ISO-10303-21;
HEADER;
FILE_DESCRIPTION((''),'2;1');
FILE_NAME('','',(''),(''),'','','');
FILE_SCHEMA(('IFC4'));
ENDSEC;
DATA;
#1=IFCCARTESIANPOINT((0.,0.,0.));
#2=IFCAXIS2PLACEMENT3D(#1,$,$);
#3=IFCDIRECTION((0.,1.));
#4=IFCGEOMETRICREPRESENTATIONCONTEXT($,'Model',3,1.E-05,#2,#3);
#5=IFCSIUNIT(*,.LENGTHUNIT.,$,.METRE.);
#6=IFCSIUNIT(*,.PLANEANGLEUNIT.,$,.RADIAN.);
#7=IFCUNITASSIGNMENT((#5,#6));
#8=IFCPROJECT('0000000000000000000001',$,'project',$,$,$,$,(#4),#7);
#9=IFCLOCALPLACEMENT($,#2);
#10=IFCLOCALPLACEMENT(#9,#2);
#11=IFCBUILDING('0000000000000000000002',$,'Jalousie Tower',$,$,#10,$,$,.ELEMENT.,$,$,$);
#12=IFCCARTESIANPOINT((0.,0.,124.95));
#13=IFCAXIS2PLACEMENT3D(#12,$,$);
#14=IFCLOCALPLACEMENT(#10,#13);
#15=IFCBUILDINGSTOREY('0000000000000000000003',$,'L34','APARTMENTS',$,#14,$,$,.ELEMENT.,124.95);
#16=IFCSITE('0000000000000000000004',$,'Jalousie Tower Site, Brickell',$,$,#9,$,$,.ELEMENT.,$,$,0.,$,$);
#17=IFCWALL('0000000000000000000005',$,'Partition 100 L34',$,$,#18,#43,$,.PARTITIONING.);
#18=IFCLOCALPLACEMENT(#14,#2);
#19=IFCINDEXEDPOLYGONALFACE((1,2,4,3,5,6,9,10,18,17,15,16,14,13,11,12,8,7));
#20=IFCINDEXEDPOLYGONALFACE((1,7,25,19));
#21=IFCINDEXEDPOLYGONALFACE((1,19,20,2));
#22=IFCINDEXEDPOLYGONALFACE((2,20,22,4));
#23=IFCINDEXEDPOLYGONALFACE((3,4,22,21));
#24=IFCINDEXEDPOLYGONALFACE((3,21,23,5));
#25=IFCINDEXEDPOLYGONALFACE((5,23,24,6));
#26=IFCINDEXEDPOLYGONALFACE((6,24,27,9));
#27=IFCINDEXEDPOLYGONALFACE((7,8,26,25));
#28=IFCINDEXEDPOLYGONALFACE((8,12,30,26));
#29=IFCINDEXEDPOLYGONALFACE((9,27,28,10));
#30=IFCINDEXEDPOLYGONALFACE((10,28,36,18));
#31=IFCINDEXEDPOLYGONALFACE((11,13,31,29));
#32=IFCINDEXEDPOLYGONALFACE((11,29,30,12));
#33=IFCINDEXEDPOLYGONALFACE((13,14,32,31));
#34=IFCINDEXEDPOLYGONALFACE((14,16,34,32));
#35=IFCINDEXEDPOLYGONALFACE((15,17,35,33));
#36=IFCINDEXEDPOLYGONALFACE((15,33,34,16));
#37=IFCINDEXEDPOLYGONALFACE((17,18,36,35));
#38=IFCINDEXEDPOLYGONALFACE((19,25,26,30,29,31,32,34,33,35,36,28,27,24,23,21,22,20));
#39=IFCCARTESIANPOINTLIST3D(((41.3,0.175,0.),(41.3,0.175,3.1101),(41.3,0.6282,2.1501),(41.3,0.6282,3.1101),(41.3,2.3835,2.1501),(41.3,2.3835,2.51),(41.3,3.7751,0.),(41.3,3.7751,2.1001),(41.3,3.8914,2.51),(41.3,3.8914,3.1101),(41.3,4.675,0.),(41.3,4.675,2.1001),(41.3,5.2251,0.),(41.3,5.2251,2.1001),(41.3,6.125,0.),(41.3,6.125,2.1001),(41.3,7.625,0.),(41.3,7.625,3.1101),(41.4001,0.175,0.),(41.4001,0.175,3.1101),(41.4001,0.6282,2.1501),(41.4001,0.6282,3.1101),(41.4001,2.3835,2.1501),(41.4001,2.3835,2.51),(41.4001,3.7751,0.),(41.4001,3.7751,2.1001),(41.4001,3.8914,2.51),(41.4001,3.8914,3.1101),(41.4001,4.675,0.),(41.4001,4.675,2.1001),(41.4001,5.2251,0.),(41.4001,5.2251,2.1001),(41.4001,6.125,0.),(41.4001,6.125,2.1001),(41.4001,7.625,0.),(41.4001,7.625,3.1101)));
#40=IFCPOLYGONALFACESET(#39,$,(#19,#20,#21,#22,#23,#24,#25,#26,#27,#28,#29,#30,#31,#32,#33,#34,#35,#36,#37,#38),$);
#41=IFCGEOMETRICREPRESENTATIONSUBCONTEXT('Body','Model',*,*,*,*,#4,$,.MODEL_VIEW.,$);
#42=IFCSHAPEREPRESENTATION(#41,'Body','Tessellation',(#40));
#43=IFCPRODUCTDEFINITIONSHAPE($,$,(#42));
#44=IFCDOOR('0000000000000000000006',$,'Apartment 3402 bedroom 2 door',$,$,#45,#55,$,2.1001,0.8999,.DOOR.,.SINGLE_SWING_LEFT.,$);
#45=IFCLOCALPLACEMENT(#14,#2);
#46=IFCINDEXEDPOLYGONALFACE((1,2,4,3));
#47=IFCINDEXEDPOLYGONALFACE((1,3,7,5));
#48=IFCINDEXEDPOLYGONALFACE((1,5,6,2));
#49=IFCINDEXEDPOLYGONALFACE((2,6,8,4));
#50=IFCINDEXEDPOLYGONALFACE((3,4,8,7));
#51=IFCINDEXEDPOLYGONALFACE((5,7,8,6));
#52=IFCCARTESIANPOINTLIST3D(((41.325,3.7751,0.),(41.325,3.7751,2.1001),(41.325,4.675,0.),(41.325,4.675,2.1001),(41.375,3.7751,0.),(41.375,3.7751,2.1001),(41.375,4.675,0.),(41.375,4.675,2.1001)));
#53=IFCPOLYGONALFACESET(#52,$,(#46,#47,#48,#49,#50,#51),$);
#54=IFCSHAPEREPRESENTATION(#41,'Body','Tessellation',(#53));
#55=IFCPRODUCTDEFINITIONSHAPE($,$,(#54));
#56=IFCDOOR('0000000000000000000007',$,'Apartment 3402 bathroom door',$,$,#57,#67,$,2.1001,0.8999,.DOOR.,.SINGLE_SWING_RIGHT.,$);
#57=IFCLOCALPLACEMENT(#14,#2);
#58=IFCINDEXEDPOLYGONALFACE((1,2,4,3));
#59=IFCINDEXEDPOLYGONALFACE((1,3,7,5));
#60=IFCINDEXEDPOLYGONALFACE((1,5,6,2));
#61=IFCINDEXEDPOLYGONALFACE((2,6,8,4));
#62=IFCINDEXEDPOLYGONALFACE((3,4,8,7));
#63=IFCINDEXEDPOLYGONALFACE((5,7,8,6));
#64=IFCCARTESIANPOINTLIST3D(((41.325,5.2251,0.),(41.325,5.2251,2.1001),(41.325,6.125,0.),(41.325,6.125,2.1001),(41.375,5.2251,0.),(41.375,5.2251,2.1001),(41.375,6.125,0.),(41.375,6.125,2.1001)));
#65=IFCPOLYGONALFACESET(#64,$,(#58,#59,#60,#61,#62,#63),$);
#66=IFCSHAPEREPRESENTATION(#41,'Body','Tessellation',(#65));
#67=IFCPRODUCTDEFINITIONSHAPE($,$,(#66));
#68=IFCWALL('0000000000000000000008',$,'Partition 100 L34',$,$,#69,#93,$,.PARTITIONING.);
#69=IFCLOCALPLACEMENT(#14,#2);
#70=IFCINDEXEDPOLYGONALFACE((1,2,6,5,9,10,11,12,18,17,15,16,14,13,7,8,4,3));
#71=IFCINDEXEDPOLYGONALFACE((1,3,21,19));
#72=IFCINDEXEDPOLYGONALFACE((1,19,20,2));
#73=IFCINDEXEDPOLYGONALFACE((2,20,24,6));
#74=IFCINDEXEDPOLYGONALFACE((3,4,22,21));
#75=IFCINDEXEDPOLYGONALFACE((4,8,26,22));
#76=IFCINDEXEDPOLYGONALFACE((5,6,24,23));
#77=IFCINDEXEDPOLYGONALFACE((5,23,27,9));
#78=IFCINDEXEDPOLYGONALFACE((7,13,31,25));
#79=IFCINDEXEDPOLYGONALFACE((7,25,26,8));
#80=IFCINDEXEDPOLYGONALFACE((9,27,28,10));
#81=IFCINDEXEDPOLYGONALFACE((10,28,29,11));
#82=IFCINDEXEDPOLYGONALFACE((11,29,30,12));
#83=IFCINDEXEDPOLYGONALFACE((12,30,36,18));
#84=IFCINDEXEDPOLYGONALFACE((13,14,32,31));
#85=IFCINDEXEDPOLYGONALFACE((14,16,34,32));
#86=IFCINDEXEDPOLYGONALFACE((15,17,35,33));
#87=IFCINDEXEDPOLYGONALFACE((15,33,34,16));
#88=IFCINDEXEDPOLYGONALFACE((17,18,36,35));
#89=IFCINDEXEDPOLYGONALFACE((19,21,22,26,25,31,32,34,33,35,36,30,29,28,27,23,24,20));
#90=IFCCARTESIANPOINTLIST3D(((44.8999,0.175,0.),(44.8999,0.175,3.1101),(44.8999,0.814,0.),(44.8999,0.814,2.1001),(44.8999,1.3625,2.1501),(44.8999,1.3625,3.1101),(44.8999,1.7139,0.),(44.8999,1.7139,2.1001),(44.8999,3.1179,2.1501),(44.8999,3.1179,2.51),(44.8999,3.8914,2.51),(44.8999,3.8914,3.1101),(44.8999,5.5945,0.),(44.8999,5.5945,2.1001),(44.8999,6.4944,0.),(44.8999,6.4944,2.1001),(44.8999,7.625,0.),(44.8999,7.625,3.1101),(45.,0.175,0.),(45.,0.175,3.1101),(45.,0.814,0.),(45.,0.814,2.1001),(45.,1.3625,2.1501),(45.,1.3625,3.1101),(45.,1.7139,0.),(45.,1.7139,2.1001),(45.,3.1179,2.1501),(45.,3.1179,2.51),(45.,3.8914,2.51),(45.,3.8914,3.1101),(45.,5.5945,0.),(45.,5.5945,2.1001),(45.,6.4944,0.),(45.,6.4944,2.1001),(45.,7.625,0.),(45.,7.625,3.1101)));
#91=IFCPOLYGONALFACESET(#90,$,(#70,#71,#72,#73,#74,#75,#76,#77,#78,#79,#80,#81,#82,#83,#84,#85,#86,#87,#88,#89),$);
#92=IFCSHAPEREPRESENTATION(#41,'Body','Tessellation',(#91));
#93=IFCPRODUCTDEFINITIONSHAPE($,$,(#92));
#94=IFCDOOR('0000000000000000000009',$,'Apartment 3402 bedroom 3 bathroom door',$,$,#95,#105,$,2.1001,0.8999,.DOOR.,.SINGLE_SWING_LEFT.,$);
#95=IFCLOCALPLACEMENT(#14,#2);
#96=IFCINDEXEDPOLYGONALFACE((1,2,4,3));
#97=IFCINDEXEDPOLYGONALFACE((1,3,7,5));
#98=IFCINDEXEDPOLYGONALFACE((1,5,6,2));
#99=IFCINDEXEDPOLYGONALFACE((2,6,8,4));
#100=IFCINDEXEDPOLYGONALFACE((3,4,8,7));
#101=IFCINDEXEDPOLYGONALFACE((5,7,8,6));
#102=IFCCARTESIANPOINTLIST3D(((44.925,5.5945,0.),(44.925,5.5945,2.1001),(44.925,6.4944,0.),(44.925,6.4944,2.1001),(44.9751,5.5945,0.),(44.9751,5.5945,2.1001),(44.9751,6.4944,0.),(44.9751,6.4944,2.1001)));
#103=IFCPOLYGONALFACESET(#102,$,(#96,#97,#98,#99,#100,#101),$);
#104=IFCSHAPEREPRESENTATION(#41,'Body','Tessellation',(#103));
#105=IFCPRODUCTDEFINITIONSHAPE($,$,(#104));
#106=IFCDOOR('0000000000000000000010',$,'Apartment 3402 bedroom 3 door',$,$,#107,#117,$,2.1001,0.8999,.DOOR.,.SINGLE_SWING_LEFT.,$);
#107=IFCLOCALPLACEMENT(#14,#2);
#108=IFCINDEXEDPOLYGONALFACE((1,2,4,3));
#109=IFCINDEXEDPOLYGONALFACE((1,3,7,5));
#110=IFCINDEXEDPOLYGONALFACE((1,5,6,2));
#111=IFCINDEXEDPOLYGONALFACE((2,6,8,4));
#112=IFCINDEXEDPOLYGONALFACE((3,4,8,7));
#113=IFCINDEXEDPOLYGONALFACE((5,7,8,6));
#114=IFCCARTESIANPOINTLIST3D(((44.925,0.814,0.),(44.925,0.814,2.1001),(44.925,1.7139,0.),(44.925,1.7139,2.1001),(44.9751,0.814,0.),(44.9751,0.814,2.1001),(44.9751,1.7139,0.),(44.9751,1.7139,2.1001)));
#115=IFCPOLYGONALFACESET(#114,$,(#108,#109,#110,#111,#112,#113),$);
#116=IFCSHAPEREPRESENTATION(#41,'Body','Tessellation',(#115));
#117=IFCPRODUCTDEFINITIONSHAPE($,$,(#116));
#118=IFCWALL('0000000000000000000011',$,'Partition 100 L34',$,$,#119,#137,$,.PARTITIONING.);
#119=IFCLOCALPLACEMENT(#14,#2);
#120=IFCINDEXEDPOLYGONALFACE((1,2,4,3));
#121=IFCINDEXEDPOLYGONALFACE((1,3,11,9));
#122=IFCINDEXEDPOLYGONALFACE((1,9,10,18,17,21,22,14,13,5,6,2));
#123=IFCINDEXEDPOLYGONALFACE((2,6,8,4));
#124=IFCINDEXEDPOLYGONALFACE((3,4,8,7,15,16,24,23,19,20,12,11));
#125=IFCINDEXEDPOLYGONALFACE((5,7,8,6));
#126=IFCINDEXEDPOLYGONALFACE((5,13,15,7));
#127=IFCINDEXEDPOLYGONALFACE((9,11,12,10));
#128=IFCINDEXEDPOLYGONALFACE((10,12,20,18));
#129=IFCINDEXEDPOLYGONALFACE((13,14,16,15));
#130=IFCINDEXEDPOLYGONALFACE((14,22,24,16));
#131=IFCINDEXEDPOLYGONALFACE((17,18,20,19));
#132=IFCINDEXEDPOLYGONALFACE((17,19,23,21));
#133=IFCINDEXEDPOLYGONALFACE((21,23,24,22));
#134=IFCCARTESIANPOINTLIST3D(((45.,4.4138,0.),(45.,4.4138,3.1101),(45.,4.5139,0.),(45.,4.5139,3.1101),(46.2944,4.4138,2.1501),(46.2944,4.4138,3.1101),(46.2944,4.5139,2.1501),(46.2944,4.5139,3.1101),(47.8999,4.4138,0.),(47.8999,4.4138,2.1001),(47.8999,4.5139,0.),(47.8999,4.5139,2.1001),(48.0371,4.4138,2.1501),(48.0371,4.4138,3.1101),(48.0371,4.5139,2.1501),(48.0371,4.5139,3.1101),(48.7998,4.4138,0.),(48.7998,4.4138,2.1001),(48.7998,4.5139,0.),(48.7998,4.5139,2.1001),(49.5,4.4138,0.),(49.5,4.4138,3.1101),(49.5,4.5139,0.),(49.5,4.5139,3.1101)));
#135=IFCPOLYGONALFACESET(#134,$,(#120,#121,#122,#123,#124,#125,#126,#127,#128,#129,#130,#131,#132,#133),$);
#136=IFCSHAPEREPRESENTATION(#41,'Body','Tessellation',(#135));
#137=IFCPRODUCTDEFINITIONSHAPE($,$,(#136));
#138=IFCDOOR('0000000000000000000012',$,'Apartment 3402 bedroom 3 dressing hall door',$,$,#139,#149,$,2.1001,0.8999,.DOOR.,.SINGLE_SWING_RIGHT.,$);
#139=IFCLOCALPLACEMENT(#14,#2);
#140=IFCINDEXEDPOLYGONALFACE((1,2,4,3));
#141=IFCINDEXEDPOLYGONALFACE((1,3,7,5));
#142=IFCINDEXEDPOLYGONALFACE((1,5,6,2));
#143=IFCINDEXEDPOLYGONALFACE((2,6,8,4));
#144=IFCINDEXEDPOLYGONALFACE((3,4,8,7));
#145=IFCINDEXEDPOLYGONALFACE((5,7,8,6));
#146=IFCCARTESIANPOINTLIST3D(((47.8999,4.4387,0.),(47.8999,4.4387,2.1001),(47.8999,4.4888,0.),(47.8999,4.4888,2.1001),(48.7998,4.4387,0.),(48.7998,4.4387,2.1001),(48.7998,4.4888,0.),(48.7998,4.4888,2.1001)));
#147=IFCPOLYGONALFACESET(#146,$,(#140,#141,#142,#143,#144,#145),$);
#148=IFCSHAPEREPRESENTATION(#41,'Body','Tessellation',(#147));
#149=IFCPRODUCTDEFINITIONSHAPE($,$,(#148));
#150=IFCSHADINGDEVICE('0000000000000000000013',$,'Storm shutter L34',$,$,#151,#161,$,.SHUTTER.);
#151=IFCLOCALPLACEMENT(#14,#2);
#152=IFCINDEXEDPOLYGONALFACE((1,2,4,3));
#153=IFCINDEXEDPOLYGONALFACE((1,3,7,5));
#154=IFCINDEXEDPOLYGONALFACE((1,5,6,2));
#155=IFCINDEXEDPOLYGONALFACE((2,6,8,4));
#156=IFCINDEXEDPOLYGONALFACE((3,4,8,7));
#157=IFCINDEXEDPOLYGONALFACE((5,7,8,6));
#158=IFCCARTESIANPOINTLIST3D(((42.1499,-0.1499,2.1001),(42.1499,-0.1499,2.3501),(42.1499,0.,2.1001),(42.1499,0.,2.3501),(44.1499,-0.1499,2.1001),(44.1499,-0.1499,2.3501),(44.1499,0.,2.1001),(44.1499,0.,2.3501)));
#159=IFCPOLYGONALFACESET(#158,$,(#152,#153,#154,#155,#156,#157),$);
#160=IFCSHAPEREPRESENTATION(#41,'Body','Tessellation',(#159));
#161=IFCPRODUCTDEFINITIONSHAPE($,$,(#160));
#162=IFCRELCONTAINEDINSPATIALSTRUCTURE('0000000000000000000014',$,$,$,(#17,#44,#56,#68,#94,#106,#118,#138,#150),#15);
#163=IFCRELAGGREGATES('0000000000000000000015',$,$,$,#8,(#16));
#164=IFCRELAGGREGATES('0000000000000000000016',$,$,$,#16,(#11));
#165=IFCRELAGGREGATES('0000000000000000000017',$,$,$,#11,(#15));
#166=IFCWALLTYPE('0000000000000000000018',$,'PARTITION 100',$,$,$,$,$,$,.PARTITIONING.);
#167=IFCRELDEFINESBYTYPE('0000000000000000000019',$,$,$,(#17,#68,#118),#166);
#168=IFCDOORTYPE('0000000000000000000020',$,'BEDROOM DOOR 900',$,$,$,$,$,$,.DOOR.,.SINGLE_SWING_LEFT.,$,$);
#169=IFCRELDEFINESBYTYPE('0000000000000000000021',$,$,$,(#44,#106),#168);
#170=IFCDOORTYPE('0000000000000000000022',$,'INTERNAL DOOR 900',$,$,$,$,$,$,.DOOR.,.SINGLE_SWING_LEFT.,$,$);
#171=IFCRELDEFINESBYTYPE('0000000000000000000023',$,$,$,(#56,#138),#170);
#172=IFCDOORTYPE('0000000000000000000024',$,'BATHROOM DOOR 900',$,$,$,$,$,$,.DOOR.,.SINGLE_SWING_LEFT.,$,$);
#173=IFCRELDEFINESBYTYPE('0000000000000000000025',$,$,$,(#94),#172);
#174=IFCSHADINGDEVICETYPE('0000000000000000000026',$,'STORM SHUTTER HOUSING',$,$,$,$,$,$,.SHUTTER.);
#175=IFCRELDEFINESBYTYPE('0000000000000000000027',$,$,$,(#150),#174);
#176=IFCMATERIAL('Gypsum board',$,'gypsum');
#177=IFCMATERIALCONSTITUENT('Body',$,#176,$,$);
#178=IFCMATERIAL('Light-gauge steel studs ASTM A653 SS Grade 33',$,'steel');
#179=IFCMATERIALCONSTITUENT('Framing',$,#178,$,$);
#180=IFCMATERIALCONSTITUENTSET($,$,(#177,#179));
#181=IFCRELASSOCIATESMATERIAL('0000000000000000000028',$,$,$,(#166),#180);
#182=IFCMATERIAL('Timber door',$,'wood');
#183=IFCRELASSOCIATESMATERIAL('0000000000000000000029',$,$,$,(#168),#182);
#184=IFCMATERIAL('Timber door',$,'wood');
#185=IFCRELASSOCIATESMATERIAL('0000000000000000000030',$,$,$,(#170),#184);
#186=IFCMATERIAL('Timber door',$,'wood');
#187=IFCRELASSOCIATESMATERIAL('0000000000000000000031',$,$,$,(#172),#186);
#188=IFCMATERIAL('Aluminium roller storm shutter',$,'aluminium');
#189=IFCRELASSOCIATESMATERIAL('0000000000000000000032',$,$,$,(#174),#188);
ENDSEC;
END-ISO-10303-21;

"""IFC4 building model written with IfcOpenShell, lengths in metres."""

from ifc_helpers import new_model, si_unit, direction, frame, frame_2d, origin, origin_2d, place, context, subcontext, project, spatial, polyline, rectangle, outline, extrude, material, constituent, constituent_set, type_object, element, fill, save


model = new_model("IFC4")

# Units and contexts
model_context = context("Model", 3, precision=1e-05, world=origin(), true_north=direction((0.0, 1.0)))
body_context = subcontext(model_context, "Body", "Model", "MODEL_VIEW")
ifc_project = project(units=[si_unit("LENGTHUNIT", "METRE"), si_unit("PLANEANGLEUNIT", "RADIAN")], contexts=[model_context])

# Site, building, storey
site_placement = place(None, origin())
site = spatial("IfcSite", under=ifc_project, at=site_placement, Name="Jalousie Tower Site, Brickell", CompositionType="ELEMENT", RefElevation=0.0)
building_placement = place(site_placement, origin())
building = spatial("IfcBuilding", under=site, at=building_placement, Name="Jalousie Tower", CompositionType="ELEMENT")
storey_placement = place(building_placement, frame((0.0, 0.0, 124.95)))
storey = spatial("IfcBuildingStorey", under=building, at=storey_placement, Name="L34", Description="APARTMENTS", CompositionType="ELEMENT", Elevation=124.95)

# Walls, openings, doors
ifc_material_1 = material(Name="Gypsum board", Category="gypsum")
ifc_constituent_1 = constituent(ifc_material_1, Name="Body")
ifc_material_2 = material(Name="Light-gauge steel studs ASTM A653 SS Grade 33", Category="steel")
ifc_constituent_2 = constituent(ifc_material_2, Name="Framing")
ifc_constituent_set = constituent_set(constituents=[ifc_constituent_1, ifc_constituent_2])
wall_type = type_object("IfcWallType", Name="PARTITION 100", PredefinedType="PARTITIONING", material=ifc_constituent_set)
wall_1_placement = place(storey_placement, frame((41.3501, 0.175, 0.0), z_axis=(0.0, 0.0, 1.0), x_axis=(0.0, 1.0, 0.0)))
wall_1 = element("IfcWall", 1, at=wall_1_placement, inside=storey, type_object=wall_type, Name="Partition 100 L34", PredefinedType="PARTITIONING", context=body_context, shape_type="SweptSolid", body=[
    extrude(outline(polyline([(0.0, 0.0), (7.45, 0.0), (7.45, 3.1101), (3.7163, 3.1101), (3.7163, 2.51), (2.2085, 2.51), (2.2085, 2.1501), (0.4531, 2.1501), (0.4531, 3.1101), (0.0, 3.1101), (0.0, 0.0)])), frame((0.0, 0.05, 0.0), z_axis=(0.0, -1.0, 0.0), x_axis=(1.0, 0.0, 0.0)), (0.0, 0.0, 1.0), 0.1001),
])
opening_1_placement = place(wall_1_placement, frame((3.6001, 0.0, 0.0)))
opening_1 = element("IfcOpeningElement", 2, at=opening_1_placement, cuts=wall_1, PredefinedType="OPENING", context=body_context, shape_type="SweptSolid", body=[
    extrude(rectangle(XDim=0.8999, YDim=2.1001, at=frame_2d((0.45, 1.05))), frame((0.0, 0.0601, 0.0), z_axis=(0.0, -1.0, 0.0), x_axis=(1.0, 0.0, 0.0)), (0.0, 0.0, 1.0), 0.1201),
])
opening_2_placement = place(wall_1_placement, frame((5.05, 0.0, 0.0)))
opening_2 = element("IfcOpeningElement", 3, at=opening_2_placement, cuts=wall_1, PredefinedType="OPENING", context=body_context, shape_type="SweptSolid", body=[
    extrude(rectangle(XDim=0.8999, YDim=2.1001, at=frame_2d((0.45, 1.05))), frame((0.0, 0.0601, 0.0), z_axis=(0.0, -1.0, 0.0), x_axis=(1.0, 0.0, 0.0)), (0.0, 0.0, 1.0), 0.1201),
])
ifc_material_3 = material(Name="Timber door", Category="wood")
door_type_1 = type_object("IfcDoorType", Name="BEDROOM DOOR 900", OperationType="SINGLE_SWING_LEFT", PredefinedType="DOOR", material=ifc_material_3)
door_1_placement = place(opening_1_placement, frame((0.8999, 0.0, 0.0), z_axis=(0.0, 0.0, 1.0), x_axis=(-1.0, 0.0, 0.0)))
door_1 = element("IfcDoor", 4, at=door_1_placement, inside=storey, type_object=door_type_1, Name="Apartment 3402 bedroom 2 door", OperationType="SINGLE_SWING_LEFT", OverallHeight=2.1001, OverallWidth=0.8999, PredefinedType="DOOR", context=body_context, shape_type="SweptSolid", body=[
    extrude(rectangle(XDim=0.8999, YDim=2.1001, at=frame_2d((0.45, 1.05))), frame((0.0, 0.0249, 0.0), z_axis=(0.0, -1.0, 0.0), x_axis=(1.0, 0.0, 0.0)), (0.0, 0.0, 1.0), 0.05),
])
fill(opening_1, door_1)
ifc_material_4 = material(Name="Timber door", Category="wood")
door_type_2 = type_object("IfcDoorType", Name="INTERNAL DOOR 900", OperationType="SINGLE_SWING_LEFT", PredefinedType="DOOR", material=ifc_material_4)
door_2_placement = place(opening_2_placement, frame((0.8999, 0.0, 0.0), z_axis=(0.0, 0.0, 1.0), x_axis=(-1.0, 0.0, 0.0)))
door_2 = element("IfcDoor", 5, at=door_2_placement, inside=storey, type_object=door_type_2, Name="Apartment 3402 bathroom door", OperationType="SINGLE_SWING_RIGHT", OverallHeight=2.1001, OverallWidth=0.8999, PredefinedType="DOOR", context=body_context, shape_type="SweptSolid", body=[
    extrude(rectangle(XDim=0.8999, YDim=2.1001, at=frame_2d((0.45, 1.05))), frame((0.0, 0.0249, 0.0), z_axis=(0.0, -1.0, 0.0), x_axis=(1.0, 0.0, 0.0)), (0.0, 0.0, 1.0), 0.05),
])
fill(opening_2, door_2)
wall_2_placement = place(storey_placement, frame((44.95, 0.175, 0.0), z_axis=(0.0, 0.0, 1.0), x_axis=(0.0, 1.0, 0.0)))
wall_2 = element("IfcWall", 6, at=wall_2_placement, inside=storey, type_object=wall_type, Name="Partition 100 L34", PredefinedType="PARTITIONING", context=body_context, shape_type="SweptSolid", body=[
    extrude(outline(polyline([(0.0, 0.0), (7.45, 0.0), (7.45, 3.1101), (3.7163, 3.1101), (3.7163, 2.51), (2.9429, 2.51), (2.9429, 2.1501), (1.1875, 2.1501), (1.1875, 3.1101), (0.0, 3.1101), (0.0, 0.0)])), frame((0.0, 0.05, 0.0), z_axis=(0.0, -1.0, 0.0), x_axis=(1.0, 0.0, 0.0)), (0.0, 0.0, 1.0), 0.1001),
])
opening_3_placement = place(wall_2_placement, frame((0.6389, 0.0, 0.0)))
opening_3 = element("IfcOpeningElement", 7, at=opening_3_placement, cuts=wall_2, PredefinedType="OPENING", context=body_context, shape_type="SweptSolid", body=[
    extrude(rectangle(XDim=0.8999, YDim=2.1001, at=frame_2d((0.45, 1.05))), frame((0.0, 0.0601, 0.0), z_axis=(0.0, -1.0, 0.0), x_axis=(1.0, 0.0, 0.0)), (0.0, 0.0, 1.0), 0.1201),
])
opening_4_placement = place(wall_2_placement, frame((5.4194, 0.0, 0.0)))
opening_4 = element("IfcOpeningElement", 8, at=opening_4_placement, cuts=wall_2, PredefinedType="OPENING", context=body_context, shape_type="SweptSolid", body=[
    extrude(rectangle(XDim=0.8999, YDim=2.1001, at=frame_2d((0.45, 1.05))), frame((0.0, 0.0601, 0.0), z_axis=(0.0, -1.0, 0.0), x_axis=(1.0, 0.0, 0.0)), (0.0, 0.0, 1.0), 0.1201),
])
ifc_material_5 = material(Name="Timber door", Category="wood")
door_type_3 = type_object("IfcDoorType", Name="BATHROOM DOOR 900", OperationType="SINGLE_SWING_LEFT", PredefinedType="DOOR", material=ifc_material_5)
door_3_placement = place(opening_4_placement, origin())
door_3 = element("IfcDoor", 9, at=door_3_placement, inside=storey, type_object=door_type_3, Name="Apartment 3402 bedroom 3 bathroom door", OperationType="SINGLE_SWING_LEFT", OverallHeight=2.1001, OverallWidth=0.8999, PredefinedType="DOOR", context=body_context, shape_type="SweptSolid", body=[
    extrude(rectangle(XDim=0.8999, YDim=2.1001, at=frame_2d((0.45, 1.05))), frame((0.0, 0.0249, 0.0), z_axis=(0.0, -1.0, 0.0), x_axis=(1.0, 0.0, 0.0)), (0.0, 0.0, 1.0), 0.05),
])
fill(opening_4, door_3)
door_4_placement = place(opening_3_placement, origin())
door_4 = element("IfcDoor", 10, at=door_4_placement, inside=storey, type_object=door_type_1, Name="Apartment 3402 bedroom 3 door", OperationType="SINGLE_SWING_LEFT", OverallHeight=2.1001, OverallWidth=0.8999, PredefinedType="DOOR", context=body_context, shape_type="SweptSolid", body=[
    extrude(rectangle(XDim=0.8999, YDim=2.1001, at=frame_2d((0.45, 1.05))), frame((0.0, 0.0249, 0.0), z_axis=(0.0, -1.0, 0.0), x_axis=(1.0, 0.0, 0.0)), (0.0, 0.0, 1.0), 0.05),
])
fill(opening_3, door_4)

# Wall, opening, door
wall_3_placement = place(storey_placement, frame((45.0, 4.4639, 0.0), z_axis=(0.0, 0.0, 1.0), x_axis=(1.0, 0.0, 0.0)))
wall_3 = element("IfcWall", 11, at=wall_3_placement, inside=storey, type_object=wall_type, Name="Partition 100 L34", PredefinedType="PARTITIONING", context=body_context, shape_type="SweptSolid", body=[
    extrude(outline(polyline([(0.0, 0.0), (4.5, 0.0), (4.5, 3.1101), (3.0371, 3.1101), (3.0371, 2.1501), (1.2944, 2.1501), (1.2944, 3.1101), (0.0, 3.1101), (0.0, 0.0)])), frame((0.0, 0.05, 0.0), z_axis=(0.0, -1.0, 0.0), x_axis=(1.0, 0.0, 0.0)), (0.0, 0.0, 1.0), 0.1001),
])
opening_5_placement = place(wall_3_placement, frame((2.8999, 0.0, 0.0)))
opening_5 = element("IfcOpeningElement", 12, at=opening_5_placement, cuts=wall_3, PredefinedType="OPENING", context=body_context, shape_type="SweptSolid", body=[
    extrude(rectangle(XDim=0.8999, YDim=2.1001, at=frame_2d((0.45, 1.05))), frame((0.0, 0.0601, 0.0), z_axis=(0.0, -1.0, 0.0), x_axis=(1.0, 0.0, 0.0)), (0.0, 0.0, 1.0), 0.1201),
])
door_5_placement = place(opening_5_placement, origin())
door_5 = element("IfcDoor", 13, at=door_5_placement, inside=storey, type_object=door_type_2, Name="Apartment 3402 bedroom 3 dressing hall door", OperationType="SINGLE_SWING_RIGHT", OverallHeight=2.1001, OverallWidth=0.8999, PredefinedType="DOOR", context=body_context, shape_type="SweptSolid", body=[
    extrude(rectangle(XDim=0.8999, YDim=2.1001, at=frame_2d((0.45, 1.05))), frame((0.0, 0.0249, 0.0), z_axis=(0.0, -1.0, 0.0), x_axis=(1.0, 0.0, 0.0)), (0.0, 0.0, 1.0), 0.05),
])
fill(opening_5, door_5)

# Shading device
ifc_material_6 = material(Name="Aluminium roller storm shutter", Category="aluminium")
shading_device_type = type_object("IfcShadingDeviceType", Name="STORM SHUTTER HOUSING", PredefinedType="SHUTTER", material=ifc_material_6)
shading_device_placement = place(storey_placement, frame((43.1499, -0.075, 2.1001), z_axis=(0.0, 0.0, 1.0), x_axis=(1.0, 0.0, 0.0)))
element("IfcShadingDevice", 14, at=shading_device_placement, inside=storey, type_object=shading_device_type, Name="Storm shutter L34", PredefinedType="SHUTTER", context=body_context, shape_type="SweptSolid", body=[
    extrude(rectangle(XDim=2.0, YDim=0.1499, at=origin_2d()), origin(), (0.0, 0.0, 1.0), 0.25),
])

save(model, "model.ifc")
